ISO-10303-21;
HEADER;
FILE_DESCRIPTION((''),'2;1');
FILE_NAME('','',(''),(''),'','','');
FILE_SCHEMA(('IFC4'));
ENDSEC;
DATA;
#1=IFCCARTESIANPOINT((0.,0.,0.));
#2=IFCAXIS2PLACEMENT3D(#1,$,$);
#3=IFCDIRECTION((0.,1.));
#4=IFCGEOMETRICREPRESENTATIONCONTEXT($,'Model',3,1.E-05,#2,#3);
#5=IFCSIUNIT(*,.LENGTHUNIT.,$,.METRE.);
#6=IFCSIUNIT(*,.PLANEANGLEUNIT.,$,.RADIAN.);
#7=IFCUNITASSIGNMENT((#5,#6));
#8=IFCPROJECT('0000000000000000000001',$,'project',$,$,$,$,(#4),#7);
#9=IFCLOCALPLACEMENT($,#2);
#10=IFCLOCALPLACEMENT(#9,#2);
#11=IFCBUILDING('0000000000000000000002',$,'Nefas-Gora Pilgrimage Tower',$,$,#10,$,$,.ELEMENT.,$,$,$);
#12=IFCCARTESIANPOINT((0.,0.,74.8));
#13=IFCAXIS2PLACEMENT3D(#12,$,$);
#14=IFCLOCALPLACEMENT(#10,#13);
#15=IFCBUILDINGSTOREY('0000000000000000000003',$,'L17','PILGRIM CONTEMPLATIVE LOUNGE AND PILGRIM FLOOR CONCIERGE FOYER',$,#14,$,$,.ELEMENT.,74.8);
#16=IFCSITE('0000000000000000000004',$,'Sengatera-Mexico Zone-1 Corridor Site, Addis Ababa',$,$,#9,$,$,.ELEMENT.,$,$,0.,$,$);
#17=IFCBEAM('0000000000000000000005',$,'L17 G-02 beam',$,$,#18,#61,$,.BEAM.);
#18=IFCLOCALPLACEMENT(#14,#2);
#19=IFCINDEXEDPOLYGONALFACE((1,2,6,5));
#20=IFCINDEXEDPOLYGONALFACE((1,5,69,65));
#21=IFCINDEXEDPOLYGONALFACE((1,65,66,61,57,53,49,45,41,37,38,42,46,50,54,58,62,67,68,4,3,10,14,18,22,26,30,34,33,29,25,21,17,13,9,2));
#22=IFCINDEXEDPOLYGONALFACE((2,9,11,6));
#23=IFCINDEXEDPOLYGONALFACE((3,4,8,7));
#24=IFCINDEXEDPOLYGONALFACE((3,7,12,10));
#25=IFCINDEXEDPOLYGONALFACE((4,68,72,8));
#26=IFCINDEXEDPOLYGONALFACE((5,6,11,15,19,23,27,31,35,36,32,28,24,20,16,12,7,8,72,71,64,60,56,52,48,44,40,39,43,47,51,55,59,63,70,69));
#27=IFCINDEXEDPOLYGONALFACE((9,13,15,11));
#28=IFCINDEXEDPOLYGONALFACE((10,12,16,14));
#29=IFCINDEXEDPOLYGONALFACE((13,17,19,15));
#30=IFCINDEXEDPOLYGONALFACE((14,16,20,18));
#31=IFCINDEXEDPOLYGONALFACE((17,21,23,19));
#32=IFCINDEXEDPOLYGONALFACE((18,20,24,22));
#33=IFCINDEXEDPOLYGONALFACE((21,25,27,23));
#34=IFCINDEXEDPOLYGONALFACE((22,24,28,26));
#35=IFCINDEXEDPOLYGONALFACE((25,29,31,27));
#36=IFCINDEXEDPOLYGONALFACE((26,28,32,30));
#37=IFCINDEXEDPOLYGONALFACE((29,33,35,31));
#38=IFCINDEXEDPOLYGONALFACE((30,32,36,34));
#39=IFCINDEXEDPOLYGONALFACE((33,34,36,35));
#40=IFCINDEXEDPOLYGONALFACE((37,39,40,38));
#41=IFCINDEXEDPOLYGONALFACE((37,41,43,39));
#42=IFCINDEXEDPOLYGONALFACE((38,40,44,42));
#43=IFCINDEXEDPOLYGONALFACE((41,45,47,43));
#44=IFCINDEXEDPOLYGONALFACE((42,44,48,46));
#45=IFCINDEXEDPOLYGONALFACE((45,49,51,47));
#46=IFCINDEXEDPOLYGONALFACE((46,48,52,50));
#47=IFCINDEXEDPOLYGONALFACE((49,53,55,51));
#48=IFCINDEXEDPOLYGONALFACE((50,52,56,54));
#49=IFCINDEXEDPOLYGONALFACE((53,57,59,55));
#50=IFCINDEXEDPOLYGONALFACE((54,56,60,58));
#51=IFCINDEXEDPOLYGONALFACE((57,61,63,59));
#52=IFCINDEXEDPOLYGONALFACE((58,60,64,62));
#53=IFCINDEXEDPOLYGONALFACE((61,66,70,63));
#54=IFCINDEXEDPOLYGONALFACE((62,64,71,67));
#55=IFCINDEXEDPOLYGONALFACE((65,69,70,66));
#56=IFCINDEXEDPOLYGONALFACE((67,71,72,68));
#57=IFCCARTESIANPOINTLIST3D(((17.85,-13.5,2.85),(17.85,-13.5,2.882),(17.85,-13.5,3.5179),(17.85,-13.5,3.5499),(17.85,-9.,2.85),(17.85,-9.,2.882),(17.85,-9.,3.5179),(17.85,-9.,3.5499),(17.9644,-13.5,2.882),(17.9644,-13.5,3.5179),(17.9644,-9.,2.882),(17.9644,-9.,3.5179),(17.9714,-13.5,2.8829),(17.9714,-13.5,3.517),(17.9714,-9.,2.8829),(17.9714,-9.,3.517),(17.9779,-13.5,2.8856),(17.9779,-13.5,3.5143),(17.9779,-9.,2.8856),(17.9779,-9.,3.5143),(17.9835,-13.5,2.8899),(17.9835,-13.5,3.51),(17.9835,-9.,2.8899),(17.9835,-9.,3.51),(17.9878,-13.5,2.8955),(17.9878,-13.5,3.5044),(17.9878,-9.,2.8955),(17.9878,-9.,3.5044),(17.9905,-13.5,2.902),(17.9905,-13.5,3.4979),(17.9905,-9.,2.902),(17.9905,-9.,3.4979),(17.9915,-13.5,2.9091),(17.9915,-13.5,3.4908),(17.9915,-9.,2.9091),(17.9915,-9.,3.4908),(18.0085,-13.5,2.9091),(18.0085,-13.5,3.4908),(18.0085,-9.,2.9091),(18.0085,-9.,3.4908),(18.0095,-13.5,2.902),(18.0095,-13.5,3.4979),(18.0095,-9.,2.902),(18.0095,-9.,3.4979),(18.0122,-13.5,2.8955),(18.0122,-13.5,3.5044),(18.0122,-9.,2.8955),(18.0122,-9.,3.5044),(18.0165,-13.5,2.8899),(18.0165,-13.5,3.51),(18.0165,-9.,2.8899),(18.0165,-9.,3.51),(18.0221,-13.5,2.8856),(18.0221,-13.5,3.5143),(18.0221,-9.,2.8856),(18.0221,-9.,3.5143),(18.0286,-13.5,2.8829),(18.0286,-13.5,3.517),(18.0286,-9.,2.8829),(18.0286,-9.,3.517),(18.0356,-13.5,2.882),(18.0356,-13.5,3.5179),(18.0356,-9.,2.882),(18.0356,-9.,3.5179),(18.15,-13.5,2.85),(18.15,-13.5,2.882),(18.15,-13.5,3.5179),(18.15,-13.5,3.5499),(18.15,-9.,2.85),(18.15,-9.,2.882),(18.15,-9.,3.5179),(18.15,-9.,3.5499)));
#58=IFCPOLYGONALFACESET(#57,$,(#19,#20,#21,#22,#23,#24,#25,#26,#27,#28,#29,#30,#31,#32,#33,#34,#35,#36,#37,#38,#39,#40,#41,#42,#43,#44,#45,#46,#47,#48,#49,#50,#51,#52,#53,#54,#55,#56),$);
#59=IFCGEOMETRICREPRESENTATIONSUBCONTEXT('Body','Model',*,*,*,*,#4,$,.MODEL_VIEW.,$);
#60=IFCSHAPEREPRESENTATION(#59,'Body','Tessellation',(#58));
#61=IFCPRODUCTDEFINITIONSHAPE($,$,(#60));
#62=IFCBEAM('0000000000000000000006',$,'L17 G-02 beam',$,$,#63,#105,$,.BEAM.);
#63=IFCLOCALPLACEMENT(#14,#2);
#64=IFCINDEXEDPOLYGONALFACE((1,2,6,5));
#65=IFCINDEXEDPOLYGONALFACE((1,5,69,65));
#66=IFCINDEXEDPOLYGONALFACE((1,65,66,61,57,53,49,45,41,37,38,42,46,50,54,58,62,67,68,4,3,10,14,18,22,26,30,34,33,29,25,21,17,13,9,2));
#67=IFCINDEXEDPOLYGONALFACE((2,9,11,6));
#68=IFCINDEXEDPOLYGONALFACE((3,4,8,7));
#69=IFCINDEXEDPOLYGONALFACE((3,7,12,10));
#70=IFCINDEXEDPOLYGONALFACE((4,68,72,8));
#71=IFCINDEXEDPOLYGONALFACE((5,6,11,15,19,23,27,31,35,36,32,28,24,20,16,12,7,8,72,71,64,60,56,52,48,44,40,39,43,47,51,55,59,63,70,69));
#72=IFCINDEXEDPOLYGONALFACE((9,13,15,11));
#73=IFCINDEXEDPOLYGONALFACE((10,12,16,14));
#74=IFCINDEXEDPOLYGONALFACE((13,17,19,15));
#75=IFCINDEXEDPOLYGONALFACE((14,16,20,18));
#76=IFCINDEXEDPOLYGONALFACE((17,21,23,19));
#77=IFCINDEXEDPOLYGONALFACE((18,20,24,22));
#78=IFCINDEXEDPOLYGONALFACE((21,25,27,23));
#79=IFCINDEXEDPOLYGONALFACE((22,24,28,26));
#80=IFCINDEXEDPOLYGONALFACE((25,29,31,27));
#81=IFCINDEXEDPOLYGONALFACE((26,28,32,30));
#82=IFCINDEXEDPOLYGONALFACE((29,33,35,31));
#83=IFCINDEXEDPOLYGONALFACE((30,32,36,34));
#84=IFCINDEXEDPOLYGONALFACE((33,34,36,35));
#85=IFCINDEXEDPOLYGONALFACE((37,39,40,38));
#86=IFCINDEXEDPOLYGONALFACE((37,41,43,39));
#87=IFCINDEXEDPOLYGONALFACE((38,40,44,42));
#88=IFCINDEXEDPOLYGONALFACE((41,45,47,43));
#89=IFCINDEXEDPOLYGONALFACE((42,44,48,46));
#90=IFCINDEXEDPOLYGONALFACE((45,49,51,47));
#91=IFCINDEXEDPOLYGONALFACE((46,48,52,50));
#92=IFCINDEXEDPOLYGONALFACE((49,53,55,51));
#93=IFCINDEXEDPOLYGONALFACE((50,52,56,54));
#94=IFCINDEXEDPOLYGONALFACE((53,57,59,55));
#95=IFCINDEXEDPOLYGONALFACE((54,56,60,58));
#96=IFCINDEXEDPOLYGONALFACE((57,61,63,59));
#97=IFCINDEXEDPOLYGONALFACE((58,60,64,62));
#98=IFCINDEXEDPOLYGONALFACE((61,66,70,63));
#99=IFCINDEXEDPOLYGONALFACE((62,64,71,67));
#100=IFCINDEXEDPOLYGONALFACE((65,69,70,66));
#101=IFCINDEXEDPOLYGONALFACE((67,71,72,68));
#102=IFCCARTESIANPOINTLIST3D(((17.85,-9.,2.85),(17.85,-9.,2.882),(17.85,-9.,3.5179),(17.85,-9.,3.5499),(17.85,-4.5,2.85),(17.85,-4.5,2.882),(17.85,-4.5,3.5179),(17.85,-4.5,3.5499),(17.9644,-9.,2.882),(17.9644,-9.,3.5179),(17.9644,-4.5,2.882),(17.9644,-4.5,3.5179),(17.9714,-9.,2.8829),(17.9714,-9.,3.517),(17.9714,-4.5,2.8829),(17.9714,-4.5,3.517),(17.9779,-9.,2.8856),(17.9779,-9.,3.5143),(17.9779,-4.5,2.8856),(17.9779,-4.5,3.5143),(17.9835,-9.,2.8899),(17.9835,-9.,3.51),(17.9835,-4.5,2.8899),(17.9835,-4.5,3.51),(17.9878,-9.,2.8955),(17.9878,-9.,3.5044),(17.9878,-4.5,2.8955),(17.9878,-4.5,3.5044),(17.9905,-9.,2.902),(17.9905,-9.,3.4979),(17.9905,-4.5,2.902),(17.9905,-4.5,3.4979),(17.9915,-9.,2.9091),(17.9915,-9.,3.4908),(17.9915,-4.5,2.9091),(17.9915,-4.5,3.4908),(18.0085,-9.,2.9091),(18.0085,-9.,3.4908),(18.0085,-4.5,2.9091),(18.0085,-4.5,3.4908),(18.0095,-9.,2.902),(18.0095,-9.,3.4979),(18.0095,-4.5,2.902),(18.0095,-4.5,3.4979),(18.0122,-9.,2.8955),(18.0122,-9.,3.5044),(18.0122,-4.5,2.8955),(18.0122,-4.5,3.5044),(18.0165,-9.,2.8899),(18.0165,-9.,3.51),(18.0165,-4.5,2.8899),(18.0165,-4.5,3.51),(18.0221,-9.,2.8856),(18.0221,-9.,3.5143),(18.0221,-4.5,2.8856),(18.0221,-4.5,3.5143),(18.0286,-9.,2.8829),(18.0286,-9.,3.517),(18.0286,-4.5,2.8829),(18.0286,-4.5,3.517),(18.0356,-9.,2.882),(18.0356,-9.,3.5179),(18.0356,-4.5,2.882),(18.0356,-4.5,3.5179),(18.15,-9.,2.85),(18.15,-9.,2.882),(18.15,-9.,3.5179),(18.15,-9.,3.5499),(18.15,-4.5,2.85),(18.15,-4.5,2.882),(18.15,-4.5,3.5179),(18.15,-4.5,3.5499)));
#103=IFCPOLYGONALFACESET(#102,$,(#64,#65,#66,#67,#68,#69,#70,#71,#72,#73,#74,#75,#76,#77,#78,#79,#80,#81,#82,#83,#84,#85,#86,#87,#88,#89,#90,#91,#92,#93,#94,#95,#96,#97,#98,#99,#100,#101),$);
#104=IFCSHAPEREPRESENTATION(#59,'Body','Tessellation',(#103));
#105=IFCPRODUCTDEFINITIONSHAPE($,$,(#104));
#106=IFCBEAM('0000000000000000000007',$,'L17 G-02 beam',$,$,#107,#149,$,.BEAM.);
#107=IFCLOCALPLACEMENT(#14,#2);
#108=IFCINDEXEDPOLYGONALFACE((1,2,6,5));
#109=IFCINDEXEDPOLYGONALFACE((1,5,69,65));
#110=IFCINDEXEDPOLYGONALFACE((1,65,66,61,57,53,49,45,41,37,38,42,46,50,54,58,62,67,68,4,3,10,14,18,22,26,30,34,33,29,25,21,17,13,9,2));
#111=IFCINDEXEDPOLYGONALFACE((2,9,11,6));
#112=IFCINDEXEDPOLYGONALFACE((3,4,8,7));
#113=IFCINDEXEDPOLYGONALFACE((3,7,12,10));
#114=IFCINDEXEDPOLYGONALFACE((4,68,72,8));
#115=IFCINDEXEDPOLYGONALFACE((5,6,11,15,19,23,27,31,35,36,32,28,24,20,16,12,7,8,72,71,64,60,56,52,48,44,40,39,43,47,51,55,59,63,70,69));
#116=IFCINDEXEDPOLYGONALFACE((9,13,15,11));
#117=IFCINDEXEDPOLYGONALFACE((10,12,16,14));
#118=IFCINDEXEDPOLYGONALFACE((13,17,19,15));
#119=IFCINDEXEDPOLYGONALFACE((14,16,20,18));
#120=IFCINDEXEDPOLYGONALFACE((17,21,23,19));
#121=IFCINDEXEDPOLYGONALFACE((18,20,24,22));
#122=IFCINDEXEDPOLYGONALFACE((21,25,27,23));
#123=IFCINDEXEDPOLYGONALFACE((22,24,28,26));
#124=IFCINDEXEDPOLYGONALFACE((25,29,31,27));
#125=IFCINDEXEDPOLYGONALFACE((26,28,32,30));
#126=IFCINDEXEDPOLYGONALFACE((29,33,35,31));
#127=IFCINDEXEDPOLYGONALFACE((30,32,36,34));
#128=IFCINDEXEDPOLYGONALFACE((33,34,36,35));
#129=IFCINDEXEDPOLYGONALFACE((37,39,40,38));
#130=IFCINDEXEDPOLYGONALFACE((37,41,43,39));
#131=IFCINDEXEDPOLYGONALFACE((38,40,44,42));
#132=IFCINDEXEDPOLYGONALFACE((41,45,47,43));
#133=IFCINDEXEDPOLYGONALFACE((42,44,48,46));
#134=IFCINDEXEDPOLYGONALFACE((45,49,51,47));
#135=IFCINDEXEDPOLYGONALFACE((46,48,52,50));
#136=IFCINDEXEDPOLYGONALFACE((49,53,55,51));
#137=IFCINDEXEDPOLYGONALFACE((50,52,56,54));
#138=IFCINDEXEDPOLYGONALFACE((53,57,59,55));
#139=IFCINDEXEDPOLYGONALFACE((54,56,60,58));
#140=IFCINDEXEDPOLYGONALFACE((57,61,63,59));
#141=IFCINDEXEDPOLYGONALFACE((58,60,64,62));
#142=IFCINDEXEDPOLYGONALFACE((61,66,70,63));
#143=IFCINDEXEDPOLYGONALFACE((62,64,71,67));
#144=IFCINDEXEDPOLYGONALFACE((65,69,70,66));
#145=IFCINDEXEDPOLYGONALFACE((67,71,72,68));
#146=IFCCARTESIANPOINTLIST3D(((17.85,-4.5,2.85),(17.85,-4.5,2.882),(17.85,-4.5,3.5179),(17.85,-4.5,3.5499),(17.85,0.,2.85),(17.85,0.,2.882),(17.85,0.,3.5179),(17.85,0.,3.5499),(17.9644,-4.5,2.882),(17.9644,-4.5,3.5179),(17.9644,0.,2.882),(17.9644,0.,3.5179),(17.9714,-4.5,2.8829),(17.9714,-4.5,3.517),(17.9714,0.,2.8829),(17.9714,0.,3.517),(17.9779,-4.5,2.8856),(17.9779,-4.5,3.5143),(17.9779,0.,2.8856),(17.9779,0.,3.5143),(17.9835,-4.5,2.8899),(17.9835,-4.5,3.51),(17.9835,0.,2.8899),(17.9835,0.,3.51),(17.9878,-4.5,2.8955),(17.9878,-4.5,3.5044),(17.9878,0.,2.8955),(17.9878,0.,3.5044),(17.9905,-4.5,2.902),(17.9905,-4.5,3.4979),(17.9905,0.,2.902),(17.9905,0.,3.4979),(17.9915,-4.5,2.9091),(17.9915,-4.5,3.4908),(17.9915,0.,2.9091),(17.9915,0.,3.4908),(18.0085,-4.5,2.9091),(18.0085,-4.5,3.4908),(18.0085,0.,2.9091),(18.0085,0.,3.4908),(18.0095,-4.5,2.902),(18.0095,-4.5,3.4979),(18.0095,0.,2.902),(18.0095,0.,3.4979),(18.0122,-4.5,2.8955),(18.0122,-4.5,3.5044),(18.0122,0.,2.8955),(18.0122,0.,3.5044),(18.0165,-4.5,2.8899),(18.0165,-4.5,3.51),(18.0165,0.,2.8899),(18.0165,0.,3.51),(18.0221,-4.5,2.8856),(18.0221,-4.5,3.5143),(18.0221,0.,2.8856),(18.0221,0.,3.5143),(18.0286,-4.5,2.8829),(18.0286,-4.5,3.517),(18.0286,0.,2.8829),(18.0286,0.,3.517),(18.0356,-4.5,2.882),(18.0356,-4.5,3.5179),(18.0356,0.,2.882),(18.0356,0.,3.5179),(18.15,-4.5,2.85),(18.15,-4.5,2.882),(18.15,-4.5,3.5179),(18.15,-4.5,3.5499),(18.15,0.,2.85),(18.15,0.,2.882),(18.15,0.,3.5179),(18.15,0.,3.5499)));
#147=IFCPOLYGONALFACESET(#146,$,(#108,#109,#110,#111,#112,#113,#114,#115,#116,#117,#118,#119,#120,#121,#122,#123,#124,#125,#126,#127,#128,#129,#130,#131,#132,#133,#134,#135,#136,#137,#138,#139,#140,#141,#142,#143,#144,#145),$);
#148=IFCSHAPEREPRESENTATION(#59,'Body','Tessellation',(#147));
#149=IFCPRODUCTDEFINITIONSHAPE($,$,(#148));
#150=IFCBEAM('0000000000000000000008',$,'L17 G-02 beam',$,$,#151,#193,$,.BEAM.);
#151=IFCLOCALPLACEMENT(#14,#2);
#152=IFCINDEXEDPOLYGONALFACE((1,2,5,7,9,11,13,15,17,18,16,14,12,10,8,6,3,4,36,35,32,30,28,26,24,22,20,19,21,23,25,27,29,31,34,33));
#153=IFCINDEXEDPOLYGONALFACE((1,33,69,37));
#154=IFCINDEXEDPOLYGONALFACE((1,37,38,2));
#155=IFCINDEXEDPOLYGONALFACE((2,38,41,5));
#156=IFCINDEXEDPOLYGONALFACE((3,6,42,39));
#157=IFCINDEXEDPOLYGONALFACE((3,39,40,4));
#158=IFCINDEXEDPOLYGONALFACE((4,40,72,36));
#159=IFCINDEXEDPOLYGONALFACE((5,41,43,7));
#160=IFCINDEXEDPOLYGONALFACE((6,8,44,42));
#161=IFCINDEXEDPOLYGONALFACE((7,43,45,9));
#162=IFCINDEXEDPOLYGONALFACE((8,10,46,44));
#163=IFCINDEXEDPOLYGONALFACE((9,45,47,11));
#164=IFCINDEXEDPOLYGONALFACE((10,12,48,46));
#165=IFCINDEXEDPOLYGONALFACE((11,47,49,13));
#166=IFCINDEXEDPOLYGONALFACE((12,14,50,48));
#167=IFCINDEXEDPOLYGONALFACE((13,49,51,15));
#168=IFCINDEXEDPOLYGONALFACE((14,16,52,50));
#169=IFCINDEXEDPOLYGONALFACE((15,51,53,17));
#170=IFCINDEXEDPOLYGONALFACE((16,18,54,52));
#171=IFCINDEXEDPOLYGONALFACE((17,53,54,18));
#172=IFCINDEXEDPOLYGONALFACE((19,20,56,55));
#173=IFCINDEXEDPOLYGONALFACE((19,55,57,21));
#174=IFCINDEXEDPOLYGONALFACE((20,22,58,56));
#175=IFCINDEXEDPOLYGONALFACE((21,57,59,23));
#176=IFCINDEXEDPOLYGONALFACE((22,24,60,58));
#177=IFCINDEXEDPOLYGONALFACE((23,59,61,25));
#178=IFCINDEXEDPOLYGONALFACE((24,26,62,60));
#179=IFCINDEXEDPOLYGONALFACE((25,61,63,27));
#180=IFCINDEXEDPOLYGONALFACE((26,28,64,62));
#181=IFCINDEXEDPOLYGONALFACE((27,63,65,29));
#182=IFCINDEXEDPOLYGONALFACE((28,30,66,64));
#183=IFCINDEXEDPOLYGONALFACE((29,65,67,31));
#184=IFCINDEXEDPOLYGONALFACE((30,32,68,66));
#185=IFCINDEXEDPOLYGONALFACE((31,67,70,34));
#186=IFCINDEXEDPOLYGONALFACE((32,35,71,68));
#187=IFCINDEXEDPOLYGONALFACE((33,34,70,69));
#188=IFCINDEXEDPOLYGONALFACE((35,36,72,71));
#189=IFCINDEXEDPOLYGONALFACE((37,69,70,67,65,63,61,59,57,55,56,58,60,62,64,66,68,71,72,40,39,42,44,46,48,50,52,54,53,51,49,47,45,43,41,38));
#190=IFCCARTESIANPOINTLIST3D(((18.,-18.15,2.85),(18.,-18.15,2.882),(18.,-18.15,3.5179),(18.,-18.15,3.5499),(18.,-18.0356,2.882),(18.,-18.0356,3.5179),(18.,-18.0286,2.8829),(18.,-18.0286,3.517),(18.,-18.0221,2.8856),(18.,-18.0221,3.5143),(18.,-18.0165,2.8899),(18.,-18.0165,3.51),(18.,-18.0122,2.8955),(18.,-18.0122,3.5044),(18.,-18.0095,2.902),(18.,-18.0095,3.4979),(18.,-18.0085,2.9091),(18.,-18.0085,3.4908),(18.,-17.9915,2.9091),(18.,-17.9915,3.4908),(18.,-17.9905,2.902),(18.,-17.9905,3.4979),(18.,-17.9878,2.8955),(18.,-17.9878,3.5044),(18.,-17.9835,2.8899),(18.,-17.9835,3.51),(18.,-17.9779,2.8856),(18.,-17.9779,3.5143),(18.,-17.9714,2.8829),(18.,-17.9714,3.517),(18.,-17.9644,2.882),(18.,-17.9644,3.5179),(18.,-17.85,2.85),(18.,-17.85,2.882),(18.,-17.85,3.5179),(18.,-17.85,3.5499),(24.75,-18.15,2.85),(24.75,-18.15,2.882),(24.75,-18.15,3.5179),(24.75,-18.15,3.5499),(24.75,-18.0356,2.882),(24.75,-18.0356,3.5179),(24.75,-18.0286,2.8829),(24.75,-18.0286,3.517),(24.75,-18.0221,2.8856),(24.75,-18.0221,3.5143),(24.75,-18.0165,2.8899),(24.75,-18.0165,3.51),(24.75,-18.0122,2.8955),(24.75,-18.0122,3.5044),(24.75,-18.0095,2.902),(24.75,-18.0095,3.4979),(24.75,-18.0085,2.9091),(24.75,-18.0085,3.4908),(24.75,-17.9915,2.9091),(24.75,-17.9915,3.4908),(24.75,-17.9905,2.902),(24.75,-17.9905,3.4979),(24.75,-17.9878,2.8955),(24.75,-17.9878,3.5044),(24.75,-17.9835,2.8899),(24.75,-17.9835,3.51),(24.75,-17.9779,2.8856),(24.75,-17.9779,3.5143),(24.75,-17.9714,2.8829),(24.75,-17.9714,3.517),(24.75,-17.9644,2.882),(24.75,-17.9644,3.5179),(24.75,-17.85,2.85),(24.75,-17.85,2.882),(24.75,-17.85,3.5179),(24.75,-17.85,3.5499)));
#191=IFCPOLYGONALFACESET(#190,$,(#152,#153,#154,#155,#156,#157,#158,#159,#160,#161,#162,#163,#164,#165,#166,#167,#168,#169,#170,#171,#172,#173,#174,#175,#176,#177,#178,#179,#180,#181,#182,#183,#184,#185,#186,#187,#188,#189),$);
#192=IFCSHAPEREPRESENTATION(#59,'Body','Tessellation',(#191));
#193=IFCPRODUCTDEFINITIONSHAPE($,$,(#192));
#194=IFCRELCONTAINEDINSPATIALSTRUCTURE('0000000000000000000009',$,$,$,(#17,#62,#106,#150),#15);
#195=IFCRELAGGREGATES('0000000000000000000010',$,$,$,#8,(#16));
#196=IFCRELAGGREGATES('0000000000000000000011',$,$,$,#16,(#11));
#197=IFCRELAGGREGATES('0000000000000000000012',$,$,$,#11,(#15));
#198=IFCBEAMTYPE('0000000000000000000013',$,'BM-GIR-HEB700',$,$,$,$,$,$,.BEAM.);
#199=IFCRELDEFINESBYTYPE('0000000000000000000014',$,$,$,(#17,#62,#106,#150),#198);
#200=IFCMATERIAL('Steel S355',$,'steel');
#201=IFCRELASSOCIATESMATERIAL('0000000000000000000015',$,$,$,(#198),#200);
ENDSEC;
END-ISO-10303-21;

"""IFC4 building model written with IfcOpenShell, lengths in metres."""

from ifc_helpers import new_model, si_unit, direction, frame, origin, origin_2d, place, context, subcontext, project, spatial, i_section, extrude, source, transform, mapped, material, material_profile, profile_set, type_object, element, save


model = new_model("IFC4")

# Units and contexts
model_context = context("Model", 3, precision=1e-05, world=origin(), true_north=direction((0.0, 1.0)))
body_context = subcontext(model_context, "Body", "Model", "MODEL_VIEW")
ifc_project = project(units=[si_unit("LENGTHUNIT", "METRE"), si_unit("PLANEANGLEUNIT", "RADIAN")], contexts=[model_context])

# Site, building, storey
site_placement = place(None, origin())
site = spatial("IfcSite", under=ifc_project, at=site_placement, Name="Sengatera-Mexico Zone-1 Corridor Site, Addis Ababa", CompositionType="ELEMENT", RefElevation=0.0)
building_placement = place(site_placement, origin())
building = spatial("IfcBuilding", under=site, at=building_placement, Name="Nefas-Gora Pilgrimage Tower", CompositionType="ELEMENT")
storey_placement = place(building_placement, frame((0.0, 0.0, 74.8)))
storey = spatial("IfcBuildingStorey", under=building, at=storey_placement, Name="L17", Description="PILGRIM CONTEMPLATIVE LOUNGE AND PILGRIM FLOOR CONCIERGE FOYER", CompositionType="ELEMENT", Elevation=74.8)

# Beams
ifc_material_1 = material(Name="Steel S355", Category="steel")
ifc_material_profile_1 = material_profile(ifc_material_1, i_section(OverallWidth=0.3, OverallDepth=0.7, WebThickness=0.0171, FlangeThickness=0.032, FilletRadius=0.0271, at=origin_2d()), Name="HEB 700")
ifc_profile_set_1 = profile_set([ifc_material_profile_1], Name="Steel S355")
beam_type_1 = type_object("IfcBeamType", Name="BM-GIR-HEB700", PredefinedType="BEAM", material=ifc_profile_set_1)
shared_shape_1 = source(origin(), body_context, "Body", "SweptSolid", [
    extrude(i_section(OverallWidth=0.3, OverallDepth=0.7, WebThickness=0.0171, FlangeThickness=0.032, FilletRadius=0.0271, at=origin_2d()), origin(), (0.0, 0.0, 1.0), 4.5),
])
for number, where, z_axis, x_axis, name in (
    (1, (18.0, -13.5, 3.2), (0.0, 1.0, 0.0), (-1.0, 0.0, 0.0), "L17 G-02 beam"),
    (2, (18.0, -9.0, 3.2), (0.0, 1.0, 0.0), (-1.0, 0.0, 0.0), "L17 G-02 beam"),
    (3, (18.0, -4.5, 3.2), (0.0, 1.0, 0.0), (-1.0, 0.0, 0.0), "L17 G-02 beam"),
):
    element("IfcBeam", number, at=place(storey_placement, frame(where, z_axis=z_axis, x_axis=x_axis)), inside=storey, type_object=beam_type_1, Name=name, PredefinedType="BEAM", context=body_context, shape_type="MappedRepresentation", body=[
        mapped(shared_shape_1, transform((0.0, 0.0, 0.0), x_axis=(1.0, 0.0, 0.0), y_axis=(0.0, 1.0, 0.0), z_axis=(0.0, 0.0, 1.0), scale=1.0)),
    ])
shared_shape_2 = source(origin(), body_context, "Body", "SweptSolid", [
    extrude(i_section(OverallWidth=0.3, OverallDepth=0.7, WebThickness=0.0171, FlangeThickness=0.032, FilletRadius=0.0271, at=origin_2d()), origin(), (0.0, 0.0, 1.0), 6.75),
])
for number, where, z_axis, x_axis, name in (
    (4, (18.0, -18.0, 3.2), (1.0, 0.0, 0.0), (0.0, 1.0, 0.0), "L17 G-02 beam"),
):
    element("IfcBeam", number, at=place(storey_placement, frame(where, z_axis=z_axis, x_axis=x_axis)), inside=storey, type_object=beam_type_1, Name=name, PredefinedType="BEAM", context=body_context, shape_type="MappedRepresentation", body=[
        mapped(shared_shape_2, transform((0.0, 0.0, 0.0), x_axis=(1.0, 0.0, 0.0), y_axis=(0.0, 1.0, 0.0), z_axis=(0.0, 0.0, 1.0), scale=1.0)),
    ])

save(model, "model.ifc")
